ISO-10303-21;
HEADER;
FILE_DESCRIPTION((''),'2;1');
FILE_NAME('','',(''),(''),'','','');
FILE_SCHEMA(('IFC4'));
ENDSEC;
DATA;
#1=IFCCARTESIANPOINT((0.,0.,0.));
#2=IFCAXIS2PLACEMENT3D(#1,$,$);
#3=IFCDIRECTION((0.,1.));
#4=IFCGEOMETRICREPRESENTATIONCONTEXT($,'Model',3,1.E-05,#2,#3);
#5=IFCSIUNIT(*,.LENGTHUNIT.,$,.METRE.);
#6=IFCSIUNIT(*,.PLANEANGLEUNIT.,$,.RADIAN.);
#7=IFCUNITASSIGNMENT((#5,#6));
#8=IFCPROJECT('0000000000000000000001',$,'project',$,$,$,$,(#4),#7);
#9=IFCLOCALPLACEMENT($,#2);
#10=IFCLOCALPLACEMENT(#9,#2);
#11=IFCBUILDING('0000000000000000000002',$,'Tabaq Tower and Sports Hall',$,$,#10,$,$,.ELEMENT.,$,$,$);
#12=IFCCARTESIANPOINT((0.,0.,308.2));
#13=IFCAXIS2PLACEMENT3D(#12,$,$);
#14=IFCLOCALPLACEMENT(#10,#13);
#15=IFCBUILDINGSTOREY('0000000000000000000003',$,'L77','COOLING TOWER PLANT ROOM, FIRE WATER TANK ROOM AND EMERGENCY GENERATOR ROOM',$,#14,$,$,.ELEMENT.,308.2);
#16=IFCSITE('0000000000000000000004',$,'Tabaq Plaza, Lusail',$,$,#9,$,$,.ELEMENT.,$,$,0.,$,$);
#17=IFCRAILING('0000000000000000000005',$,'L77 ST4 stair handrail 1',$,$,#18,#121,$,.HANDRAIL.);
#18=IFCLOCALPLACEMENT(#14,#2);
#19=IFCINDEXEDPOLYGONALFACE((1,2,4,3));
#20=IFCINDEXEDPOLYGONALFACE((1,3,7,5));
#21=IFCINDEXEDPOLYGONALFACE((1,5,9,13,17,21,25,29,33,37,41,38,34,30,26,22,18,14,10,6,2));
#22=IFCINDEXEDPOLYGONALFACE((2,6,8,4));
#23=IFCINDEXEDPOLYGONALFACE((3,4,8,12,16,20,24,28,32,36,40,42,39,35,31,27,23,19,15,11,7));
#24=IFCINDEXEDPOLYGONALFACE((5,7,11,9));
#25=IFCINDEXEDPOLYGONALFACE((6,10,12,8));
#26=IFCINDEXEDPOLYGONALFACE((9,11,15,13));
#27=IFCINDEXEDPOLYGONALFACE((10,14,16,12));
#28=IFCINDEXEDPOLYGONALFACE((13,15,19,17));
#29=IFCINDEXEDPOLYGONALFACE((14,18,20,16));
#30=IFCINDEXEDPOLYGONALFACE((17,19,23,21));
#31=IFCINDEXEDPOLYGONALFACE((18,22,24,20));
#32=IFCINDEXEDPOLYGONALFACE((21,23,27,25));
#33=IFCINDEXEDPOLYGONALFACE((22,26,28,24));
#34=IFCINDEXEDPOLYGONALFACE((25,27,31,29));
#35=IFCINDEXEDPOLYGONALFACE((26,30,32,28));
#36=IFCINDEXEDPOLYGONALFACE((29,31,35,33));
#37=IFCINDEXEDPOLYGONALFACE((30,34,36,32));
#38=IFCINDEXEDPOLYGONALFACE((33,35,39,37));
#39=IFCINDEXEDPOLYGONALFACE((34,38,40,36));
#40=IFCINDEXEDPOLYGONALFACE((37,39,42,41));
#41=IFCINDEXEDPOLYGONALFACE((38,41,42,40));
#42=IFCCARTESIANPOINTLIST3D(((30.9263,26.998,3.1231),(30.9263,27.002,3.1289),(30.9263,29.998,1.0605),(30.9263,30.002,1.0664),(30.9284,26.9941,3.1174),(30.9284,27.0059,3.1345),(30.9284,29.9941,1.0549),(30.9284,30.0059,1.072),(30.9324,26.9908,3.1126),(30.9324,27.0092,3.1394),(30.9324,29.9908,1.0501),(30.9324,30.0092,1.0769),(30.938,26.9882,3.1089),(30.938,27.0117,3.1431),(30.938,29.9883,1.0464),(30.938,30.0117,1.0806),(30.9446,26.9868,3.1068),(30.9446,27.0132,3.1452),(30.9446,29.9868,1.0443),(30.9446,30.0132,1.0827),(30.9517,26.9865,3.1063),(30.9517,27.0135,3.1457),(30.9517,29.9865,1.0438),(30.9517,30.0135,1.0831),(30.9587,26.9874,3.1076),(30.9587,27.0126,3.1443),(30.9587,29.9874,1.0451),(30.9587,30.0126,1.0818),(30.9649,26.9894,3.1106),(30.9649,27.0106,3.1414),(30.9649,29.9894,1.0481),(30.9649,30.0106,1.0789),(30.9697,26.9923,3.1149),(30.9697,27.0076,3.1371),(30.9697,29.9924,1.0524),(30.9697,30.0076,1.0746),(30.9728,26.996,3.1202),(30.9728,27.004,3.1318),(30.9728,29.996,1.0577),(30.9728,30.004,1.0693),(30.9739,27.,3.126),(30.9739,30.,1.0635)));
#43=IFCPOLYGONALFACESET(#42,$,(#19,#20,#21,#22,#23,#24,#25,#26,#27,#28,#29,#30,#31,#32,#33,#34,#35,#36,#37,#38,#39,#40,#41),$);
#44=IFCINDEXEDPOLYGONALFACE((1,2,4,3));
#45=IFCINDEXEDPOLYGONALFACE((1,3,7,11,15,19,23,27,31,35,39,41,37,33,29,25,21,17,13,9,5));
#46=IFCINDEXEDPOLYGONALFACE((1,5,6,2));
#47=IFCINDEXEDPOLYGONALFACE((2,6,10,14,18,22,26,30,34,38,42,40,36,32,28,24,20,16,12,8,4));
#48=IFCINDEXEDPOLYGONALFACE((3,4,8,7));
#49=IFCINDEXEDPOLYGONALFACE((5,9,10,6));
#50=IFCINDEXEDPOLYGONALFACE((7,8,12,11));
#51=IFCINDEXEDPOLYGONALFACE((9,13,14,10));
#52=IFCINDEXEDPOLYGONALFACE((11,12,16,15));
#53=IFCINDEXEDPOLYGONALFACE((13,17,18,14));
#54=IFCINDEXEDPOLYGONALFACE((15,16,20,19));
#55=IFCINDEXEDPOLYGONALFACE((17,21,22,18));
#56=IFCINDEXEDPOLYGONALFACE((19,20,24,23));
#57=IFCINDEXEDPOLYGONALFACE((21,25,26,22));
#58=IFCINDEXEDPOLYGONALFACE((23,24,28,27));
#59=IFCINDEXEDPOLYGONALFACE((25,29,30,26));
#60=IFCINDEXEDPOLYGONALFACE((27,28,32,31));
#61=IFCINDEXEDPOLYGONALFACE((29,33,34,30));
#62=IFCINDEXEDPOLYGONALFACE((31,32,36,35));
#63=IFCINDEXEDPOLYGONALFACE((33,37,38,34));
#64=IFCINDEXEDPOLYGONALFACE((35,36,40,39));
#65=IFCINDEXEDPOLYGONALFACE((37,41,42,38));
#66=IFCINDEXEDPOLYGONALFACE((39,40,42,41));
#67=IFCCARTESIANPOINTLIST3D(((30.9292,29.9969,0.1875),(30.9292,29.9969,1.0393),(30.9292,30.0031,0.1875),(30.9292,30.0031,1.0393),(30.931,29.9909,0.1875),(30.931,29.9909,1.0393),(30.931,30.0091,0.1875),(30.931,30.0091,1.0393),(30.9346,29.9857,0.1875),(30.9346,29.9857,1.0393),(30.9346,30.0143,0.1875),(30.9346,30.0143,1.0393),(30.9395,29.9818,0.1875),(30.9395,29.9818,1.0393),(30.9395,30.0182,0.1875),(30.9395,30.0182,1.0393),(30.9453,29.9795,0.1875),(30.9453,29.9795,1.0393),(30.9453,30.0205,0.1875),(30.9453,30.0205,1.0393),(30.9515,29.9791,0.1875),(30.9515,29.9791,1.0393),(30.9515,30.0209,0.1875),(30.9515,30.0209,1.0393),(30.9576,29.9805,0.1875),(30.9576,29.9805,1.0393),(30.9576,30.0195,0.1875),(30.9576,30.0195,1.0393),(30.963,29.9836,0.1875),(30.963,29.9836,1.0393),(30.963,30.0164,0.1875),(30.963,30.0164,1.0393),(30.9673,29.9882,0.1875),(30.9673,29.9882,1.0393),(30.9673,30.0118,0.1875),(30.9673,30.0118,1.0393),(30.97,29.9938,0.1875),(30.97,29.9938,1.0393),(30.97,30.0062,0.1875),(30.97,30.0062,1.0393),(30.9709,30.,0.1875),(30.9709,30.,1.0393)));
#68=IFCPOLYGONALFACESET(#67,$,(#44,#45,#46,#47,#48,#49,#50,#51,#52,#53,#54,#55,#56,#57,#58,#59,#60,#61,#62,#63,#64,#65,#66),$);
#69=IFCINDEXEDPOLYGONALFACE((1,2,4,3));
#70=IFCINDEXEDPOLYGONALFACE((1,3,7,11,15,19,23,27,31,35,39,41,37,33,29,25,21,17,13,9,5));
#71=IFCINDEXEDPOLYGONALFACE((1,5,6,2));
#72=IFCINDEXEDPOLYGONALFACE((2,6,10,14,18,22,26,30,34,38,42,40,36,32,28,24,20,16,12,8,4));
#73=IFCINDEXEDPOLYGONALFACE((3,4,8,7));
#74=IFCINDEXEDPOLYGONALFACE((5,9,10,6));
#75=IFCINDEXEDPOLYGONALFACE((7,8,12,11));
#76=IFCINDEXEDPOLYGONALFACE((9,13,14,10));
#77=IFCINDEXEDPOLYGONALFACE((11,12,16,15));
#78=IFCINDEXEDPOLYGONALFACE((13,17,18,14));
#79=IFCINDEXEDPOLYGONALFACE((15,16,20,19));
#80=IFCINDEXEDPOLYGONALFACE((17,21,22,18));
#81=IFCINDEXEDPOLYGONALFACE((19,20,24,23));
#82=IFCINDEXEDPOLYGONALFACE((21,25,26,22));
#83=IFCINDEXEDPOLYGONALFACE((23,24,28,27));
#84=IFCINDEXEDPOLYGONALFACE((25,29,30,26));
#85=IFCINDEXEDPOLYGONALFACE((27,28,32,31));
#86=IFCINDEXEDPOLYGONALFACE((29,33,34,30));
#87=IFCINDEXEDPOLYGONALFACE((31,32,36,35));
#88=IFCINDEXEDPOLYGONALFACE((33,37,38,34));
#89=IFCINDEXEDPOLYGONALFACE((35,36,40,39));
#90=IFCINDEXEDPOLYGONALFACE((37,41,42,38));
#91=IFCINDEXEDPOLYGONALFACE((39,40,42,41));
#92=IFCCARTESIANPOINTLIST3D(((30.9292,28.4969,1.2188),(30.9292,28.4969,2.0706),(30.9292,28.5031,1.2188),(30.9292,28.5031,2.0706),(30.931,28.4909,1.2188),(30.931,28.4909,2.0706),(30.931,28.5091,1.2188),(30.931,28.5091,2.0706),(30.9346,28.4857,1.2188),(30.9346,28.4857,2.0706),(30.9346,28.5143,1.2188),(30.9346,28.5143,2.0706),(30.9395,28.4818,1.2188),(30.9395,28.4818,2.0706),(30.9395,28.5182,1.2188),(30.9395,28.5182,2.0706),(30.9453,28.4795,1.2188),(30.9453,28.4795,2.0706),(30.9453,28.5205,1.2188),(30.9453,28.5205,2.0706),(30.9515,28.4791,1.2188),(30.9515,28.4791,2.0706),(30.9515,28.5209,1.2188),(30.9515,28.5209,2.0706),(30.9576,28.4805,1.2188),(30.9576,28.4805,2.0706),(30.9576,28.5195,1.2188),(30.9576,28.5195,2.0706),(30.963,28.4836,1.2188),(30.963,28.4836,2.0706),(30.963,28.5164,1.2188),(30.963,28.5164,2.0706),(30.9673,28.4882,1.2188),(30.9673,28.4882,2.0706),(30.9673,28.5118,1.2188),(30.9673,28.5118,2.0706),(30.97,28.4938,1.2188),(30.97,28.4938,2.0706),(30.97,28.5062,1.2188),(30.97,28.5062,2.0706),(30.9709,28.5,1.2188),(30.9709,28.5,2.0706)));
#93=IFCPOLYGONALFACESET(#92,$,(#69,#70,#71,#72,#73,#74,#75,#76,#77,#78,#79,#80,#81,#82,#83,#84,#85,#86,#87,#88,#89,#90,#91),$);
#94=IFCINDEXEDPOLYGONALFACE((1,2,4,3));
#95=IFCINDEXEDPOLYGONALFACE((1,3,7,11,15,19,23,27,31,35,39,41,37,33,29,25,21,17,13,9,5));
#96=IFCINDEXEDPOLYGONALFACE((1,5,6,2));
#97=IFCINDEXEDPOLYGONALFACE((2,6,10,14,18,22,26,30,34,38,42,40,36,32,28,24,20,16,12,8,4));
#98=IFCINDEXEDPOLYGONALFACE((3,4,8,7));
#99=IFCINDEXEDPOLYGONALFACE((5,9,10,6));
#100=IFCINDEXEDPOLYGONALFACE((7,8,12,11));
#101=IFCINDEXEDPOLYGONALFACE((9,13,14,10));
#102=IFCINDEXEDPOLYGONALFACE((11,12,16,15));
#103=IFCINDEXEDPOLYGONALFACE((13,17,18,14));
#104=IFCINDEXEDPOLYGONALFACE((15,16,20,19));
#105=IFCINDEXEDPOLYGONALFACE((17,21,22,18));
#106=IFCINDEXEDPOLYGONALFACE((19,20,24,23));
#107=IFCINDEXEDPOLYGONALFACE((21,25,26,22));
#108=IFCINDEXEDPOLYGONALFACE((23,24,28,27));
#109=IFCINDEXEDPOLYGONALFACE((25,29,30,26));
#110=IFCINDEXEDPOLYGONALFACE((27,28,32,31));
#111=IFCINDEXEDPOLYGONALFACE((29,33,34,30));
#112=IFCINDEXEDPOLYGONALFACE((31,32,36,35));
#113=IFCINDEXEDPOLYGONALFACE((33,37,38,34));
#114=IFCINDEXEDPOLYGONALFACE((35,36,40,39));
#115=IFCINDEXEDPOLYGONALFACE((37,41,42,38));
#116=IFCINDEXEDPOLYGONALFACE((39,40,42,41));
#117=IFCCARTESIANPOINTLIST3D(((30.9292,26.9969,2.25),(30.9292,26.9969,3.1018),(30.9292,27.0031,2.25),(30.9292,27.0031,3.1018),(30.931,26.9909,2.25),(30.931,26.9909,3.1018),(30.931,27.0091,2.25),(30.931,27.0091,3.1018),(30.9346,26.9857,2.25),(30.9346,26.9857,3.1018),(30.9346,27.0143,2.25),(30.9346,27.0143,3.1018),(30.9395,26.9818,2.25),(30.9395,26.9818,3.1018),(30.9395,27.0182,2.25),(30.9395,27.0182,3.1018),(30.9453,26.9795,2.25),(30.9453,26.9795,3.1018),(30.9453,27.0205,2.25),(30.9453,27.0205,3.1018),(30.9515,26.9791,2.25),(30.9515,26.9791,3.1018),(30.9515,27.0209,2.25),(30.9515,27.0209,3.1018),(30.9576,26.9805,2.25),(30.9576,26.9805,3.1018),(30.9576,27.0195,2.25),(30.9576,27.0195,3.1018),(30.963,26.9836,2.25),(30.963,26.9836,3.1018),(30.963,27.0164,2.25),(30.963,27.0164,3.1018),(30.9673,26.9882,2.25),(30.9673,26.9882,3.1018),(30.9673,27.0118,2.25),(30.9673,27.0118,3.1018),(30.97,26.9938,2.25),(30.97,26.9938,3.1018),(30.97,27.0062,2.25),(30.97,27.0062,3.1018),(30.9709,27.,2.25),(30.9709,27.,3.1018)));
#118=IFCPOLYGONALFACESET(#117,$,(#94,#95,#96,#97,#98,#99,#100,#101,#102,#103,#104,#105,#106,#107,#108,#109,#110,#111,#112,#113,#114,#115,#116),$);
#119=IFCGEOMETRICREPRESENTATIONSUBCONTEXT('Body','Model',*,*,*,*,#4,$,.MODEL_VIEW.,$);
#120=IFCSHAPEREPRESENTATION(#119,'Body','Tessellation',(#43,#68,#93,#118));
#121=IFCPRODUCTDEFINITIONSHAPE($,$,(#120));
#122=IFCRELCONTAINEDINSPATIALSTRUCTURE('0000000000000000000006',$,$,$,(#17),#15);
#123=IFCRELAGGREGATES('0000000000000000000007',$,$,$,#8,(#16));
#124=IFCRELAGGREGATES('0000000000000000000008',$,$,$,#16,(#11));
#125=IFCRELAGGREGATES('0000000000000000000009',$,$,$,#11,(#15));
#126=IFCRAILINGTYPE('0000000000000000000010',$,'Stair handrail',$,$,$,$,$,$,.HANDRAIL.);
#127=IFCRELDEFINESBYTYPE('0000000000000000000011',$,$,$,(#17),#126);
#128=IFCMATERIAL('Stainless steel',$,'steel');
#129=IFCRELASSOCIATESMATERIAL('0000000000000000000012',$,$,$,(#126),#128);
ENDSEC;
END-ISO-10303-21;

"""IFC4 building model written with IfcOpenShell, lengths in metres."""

from ifc_helpers import new_model, si_unit, direction, frame, origin, origin_2d, place, context, subcontext, project, spatial, circle, extrude, material, type_object, element, save


model = new_model("IFC4")

# Units and contexts
model_context = context("Model", 3, precision=1e-05, world=origin(), true_north=direction((0.0, 1.0)))
body_context = subcontext(model_context, "Body", "Model", "MODEL_VIEW")
ifc_project = project(units=[si_unit("LENGTHUNIT", "METRE"), si_unit("PLANEANGLEUNIT", "RADIAN")], contexts=[model_context])

# Site, building, storey
site_placement = place(None, origin())
site = spatial("IfcSite", under=ifc_project, at=site_placement, Name="Tabaq Plaza, Lusail", CompositionType="ELEMENT", RefElevation=0.0)
building_placement = place(site_placement, origin())
building = spatial("IfcBuilding", under=site, at=building_placement, Name="Tabaq Tower and Sports Hall", CompositionType="ELEMENT")
storey_placement = place(building_placement, frame((0.0, 0.0, 308.2)))
storey = spatial("IfcBuildingStorey", under=building, at=storey_placement, Name="L77", Description="COOLING TOWER PLANT ROOM, FIRE WATER TANK ROOM AND EMERGENCY GENERATOR ROOM", CompositionType="ELEMENT", Elevation=308.2)

# Railing
ifc_material_1 = material(Name="Stainless steel", Category="steel")
railing_type = type_object("IfcRailingType", Name="Stair handrail", PredefinedType="HANDRAIL", material=ifc_material_1)
railing_1_placement = place(storey_placement, frame((30.95, 30.0, 0.1875)))
element("IfcRailing", 1, at=railing_1_placement, inside=storey, type_object=railing_type, Name="L77 ST4 stair handrail 1", PredefinedType="HANDRAIL", context=body_context, shape_type="SweptSolid", body=[
    extrude(circle(Radius=0.0239, at=origin_2d()), frame((0.0, 0.0, 0.876), z_axis=(0.0, -0.824042, 0.566529), x_axis=(1.0, 0.0, 0.0)), (0.0, 0.0, 1.0), 3.6406),
    extrude(circle(Radius=0.021, at=origin_2d()), origin(), (0.0, 0.0, 1.0), 0.8518),
    extrude(circle(Radius=0.021, at=origin_2d()), frame((0.0, -1.5, 1.0312)), (0.0, 0.0, 1.0), 0.8518),
    extrude(circle(Radius=0.021, at=origin_2d()), frame((0.0, -3.0, 2.0625)), (0.0, 0.0, 1.0), 0.8518),
])

save(model, "model.ifc")
